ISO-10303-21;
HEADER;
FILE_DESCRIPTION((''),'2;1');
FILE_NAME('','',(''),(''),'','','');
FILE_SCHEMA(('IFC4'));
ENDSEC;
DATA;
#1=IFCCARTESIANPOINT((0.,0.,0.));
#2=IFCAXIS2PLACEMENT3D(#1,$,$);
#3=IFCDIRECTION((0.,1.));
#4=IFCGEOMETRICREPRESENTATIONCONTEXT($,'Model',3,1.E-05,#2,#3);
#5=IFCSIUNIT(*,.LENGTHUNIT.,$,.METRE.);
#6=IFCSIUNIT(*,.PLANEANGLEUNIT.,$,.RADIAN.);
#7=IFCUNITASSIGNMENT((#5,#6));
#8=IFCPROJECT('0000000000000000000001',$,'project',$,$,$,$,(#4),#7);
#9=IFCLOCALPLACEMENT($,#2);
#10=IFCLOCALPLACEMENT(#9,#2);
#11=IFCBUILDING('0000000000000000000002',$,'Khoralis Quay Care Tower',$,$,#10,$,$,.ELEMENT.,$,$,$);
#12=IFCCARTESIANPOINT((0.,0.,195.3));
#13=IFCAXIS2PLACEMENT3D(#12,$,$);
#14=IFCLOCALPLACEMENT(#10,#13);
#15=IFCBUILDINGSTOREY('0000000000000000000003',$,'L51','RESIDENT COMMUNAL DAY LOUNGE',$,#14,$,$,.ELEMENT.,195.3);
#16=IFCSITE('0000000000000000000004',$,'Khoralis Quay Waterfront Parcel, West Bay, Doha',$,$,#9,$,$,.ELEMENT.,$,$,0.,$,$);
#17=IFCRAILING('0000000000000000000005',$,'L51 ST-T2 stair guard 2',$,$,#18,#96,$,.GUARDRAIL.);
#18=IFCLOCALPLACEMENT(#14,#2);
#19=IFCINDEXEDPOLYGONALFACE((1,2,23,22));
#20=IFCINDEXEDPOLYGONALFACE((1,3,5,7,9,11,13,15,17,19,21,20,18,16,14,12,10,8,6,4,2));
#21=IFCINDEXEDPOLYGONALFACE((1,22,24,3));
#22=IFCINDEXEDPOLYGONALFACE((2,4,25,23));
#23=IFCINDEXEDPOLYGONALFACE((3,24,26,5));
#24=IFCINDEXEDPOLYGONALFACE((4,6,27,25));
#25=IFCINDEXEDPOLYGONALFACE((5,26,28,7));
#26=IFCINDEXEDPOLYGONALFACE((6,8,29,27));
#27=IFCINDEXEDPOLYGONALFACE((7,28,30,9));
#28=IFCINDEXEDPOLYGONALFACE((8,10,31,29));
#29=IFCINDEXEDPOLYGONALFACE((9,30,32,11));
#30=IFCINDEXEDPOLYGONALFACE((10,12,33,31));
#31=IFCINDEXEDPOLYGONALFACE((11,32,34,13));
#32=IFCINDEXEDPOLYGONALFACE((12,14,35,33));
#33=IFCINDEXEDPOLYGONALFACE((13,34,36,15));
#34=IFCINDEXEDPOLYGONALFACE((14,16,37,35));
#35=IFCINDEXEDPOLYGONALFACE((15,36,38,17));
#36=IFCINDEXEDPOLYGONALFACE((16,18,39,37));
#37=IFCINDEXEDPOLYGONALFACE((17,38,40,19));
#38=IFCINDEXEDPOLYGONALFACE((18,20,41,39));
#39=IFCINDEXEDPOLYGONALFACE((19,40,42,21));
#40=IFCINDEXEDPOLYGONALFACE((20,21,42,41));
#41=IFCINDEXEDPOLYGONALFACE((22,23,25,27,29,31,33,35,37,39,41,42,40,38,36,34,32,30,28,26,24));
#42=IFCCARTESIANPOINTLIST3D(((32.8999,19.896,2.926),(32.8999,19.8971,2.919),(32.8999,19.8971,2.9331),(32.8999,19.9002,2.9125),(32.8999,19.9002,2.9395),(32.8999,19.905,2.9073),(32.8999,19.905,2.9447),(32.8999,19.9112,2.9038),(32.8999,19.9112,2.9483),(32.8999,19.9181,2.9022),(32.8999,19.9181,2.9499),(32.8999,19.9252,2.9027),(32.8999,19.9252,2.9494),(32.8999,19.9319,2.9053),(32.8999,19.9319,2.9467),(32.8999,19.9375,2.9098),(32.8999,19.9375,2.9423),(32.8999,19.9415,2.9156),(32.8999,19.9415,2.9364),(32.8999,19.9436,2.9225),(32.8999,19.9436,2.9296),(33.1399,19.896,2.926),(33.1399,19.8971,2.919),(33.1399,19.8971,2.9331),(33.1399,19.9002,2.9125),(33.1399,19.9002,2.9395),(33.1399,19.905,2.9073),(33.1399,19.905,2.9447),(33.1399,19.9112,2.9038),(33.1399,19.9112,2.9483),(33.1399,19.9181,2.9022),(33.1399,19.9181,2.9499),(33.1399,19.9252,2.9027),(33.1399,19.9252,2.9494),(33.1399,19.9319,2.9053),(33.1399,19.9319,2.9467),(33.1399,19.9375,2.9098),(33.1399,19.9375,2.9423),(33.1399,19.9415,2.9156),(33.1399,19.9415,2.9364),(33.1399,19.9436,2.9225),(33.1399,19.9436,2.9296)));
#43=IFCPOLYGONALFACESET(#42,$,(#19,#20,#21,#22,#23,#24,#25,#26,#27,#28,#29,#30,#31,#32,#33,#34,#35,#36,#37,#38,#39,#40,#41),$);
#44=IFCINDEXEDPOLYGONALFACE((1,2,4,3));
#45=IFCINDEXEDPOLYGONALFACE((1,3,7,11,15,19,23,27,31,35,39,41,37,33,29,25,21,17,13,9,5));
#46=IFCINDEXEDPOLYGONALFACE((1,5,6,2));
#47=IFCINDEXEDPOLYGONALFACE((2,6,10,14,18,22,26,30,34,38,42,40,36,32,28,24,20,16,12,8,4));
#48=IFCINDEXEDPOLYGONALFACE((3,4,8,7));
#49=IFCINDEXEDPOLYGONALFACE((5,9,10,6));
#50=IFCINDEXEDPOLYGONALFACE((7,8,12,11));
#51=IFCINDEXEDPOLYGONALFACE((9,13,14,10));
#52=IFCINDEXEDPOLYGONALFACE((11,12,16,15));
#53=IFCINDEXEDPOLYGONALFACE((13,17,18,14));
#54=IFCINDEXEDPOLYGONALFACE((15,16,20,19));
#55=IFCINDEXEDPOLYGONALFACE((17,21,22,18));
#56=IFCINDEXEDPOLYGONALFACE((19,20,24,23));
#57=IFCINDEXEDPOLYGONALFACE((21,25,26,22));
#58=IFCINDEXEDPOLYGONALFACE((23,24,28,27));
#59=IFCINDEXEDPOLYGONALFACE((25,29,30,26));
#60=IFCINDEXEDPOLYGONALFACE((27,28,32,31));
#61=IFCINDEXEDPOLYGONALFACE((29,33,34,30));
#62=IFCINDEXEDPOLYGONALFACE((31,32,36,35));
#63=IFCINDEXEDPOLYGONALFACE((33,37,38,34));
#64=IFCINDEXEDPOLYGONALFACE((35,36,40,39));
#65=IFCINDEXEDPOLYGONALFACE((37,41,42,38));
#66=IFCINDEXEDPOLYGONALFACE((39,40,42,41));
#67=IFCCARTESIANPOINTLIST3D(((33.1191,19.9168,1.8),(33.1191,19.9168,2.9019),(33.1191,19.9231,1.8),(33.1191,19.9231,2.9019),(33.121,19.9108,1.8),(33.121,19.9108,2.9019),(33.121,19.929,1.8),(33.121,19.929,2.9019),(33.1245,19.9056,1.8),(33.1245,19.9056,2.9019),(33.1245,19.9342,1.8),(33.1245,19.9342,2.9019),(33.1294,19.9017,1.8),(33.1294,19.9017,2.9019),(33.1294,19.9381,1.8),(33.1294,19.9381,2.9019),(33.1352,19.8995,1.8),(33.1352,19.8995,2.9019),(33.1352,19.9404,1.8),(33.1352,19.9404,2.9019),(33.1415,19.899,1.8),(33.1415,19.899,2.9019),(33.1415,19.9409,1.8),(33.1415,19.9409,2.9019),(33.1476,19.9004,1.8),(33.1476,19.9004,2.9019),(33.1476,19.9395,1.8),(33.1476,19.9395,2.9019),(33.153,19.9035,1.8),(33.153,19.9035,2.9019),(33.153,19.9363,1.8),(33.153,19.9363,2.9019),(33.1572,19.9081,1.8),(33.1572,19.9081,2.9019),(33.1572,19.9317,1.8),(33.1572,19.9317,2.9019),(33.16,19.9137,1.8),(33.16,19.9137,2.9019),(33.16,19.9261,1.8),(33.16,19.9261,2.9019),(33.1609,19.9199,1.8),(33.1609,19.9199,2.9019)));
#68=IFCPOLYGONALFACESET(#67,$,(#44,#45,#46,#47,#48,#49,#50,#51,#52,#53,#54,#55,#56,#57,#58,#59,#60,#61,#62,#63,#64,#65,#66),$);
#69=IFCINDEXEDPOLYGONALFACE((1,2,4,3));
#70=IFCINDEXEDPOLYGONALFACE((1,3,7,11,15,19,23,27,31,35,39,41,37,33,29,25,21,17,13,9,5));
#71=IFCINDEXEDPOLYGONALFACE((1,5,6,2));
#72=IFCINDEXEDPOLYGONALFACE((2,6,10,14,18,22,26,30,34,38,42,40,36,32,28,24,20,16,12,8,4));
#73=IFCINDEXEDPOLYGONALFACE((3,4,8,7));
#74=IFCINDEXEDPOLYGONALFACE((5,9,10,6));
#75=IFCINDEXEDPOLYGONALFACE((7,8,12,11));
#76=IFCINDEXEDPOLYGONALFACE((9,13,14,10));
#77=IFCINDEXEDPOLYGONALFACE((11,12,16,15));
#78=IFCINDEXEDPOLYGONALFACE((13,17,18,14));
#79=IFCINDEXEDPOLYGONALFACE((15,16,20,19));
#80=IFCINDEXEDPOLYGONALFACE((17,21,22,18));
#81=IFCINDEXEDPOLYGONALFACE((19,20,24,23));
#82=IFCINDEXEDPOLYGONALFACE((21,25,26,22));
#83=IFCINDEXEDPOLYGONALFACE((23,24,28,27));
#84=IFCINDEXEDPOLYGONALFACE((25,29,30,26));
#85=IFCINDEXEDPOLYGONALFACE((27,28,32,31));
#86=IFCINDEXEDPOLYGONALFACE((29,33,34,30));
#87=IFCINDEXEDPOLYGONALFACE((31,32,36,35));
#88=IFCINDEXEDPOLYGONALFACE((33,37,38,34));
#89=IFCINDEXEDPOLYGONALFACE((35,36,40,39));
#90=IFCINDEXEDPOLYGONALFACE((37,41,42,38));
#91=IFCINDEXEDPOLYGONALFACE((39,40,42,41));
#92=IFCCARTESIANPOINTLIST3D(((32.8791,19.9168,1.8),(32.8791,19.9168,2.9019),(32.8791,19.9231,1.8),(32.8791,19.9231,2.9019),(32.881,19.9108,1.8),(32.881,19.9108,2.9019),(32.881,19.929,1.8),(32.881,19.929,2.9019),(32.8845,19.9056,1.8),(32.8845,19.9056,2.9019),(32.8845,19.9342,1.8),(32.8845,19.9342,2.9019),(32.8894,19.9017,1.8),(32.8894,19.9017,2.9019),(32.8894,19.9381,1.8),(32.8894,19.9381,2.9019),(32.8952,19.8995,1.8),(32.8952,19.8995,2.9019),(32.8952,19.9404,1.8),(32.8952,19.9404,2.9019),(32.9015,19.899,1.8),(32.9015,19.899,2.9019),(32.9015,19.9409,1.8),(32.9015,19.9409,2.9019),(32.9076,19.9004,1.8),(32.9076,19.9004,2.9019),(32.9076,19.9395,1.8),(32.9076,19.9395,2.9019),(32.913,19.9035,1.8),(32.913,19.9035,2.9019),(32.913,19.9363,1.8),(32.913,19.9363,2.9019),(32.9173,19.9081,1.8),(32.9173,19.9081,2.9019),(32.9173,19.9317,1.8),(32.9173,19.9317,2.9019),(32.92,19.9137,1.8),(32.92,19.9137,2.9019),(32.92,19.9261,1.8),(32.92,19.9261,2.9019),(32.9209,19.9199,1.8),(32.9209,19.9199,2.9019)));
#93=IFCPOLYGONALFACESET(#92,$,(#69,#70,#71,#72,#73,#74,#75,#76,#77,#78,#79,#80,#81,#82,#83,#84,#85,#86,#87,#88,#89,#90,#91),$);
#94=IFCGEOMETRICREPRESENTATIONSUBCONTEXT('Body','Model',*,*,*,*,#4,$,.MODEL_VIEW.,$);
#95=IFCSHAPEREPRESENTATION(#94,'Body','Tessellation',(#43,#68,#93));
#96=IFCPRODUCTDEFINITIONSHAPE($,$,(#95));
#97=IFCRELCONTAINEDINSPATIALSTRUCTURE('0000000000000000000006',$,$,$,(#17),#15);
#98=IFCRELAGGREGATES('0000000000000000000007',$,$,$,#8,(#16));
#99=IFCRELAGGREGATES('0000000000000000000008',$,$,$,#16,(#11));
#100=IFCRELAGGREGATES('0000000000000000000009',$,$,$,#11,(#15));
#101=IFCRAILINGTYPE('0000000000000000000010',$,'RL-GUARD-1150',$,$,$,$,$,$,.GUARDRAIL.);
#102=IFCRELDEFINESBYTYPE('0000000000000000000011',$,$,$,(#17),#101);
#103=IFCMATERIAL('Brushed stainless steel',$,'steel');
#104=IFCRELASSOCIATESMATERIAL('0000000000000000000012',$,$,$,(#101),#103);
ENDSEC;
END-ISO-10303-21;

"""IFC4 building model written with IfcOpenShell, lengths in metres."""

from ifc_helpers import new_model, si_unit, direction, frame, origin, origin_2d, place, context, subcontext, project, spatial, circle, extrude, material, type_object, element, save


model = new_model("IFC4")

# Units and contexts
model_context = context("Model", 3, precision=1e-05, world=origin(), true_north=direction((0.0, 1.0)))
body_context = subcontext(model_context, "Body", "Model", "MODEL_VIEW")
ifc_project = project(units=[si_unit("LENGTHUNIT", "METRE"), si_unit("PLANEANGLEUNIT", "RADIAN")], contexts=[model_context])

# Site, building, storey
site_placement = place(None, origin())
site = spatial("IfcSite", under=ifc_project, at=site_placement, Name="Khoralis Quay Waterfront Parcel, West Bay, Doha", CompositionType="ELEMENT", RefElevation=0.0)
building_placement = place(site_placement, origin())
building = spatial("IfcBuilding", under=site, at=building_placement, Name="Khoralis Quay Care Tower", CompositionType="ELEMENT")
storey_placement = place(building_placement, frame((0.0, 0.0, 195.3)))
storey = spatial("IfcBuildingStorey", under=building, at=storey_placement, Name="L51", Description="RESIDENT COMMUNAL DAY LOUNGE", CompositionType="ELEMENT", Elevation=195.3)

# Shared definitions
ifc_material_1 = material(Name="Brushed stainless steel", Category="steel")

# Railing
railing_type_1 = type_object("IfcRailingType", Name="RL-GUARD-1150", PredefinedType="GUARDRAIL", material=ifc_material_1)
railing_1_placement = place(storey_placement, frame((33.1399, 19.9199, 1.8)))
element("IfcRailing", 1, at=railing_1_placement, inside=storey, type_object=railing_type_1, Name="L51 ST-T2 stair guard 2", PredefinedType="GUARDRAIL", context=body_context, shape_type="SweptSolid", body=[
    extrude(circle(Radius=0.0239, at=origin_2d()), frame((0.0, 0.0, 1.126), z_axis=(-1.0, 0.0, 0.0), x_axis=(0.0, -1.0, 0.0)), (0.0, 0.0, 1.0), 0.24),
    extrude(circle(Radius=0.021, at=origin_2d()), origin(), (0.0, 0.0, 1.0), 1.1018),
    extrude(circle(Radius=0.021, at=origin_2d()), frame((-0.24, 0.0, 0.0)), (0.0, 0.0, 1.0), 1.1018),
])

save(model, "model.ifc")
